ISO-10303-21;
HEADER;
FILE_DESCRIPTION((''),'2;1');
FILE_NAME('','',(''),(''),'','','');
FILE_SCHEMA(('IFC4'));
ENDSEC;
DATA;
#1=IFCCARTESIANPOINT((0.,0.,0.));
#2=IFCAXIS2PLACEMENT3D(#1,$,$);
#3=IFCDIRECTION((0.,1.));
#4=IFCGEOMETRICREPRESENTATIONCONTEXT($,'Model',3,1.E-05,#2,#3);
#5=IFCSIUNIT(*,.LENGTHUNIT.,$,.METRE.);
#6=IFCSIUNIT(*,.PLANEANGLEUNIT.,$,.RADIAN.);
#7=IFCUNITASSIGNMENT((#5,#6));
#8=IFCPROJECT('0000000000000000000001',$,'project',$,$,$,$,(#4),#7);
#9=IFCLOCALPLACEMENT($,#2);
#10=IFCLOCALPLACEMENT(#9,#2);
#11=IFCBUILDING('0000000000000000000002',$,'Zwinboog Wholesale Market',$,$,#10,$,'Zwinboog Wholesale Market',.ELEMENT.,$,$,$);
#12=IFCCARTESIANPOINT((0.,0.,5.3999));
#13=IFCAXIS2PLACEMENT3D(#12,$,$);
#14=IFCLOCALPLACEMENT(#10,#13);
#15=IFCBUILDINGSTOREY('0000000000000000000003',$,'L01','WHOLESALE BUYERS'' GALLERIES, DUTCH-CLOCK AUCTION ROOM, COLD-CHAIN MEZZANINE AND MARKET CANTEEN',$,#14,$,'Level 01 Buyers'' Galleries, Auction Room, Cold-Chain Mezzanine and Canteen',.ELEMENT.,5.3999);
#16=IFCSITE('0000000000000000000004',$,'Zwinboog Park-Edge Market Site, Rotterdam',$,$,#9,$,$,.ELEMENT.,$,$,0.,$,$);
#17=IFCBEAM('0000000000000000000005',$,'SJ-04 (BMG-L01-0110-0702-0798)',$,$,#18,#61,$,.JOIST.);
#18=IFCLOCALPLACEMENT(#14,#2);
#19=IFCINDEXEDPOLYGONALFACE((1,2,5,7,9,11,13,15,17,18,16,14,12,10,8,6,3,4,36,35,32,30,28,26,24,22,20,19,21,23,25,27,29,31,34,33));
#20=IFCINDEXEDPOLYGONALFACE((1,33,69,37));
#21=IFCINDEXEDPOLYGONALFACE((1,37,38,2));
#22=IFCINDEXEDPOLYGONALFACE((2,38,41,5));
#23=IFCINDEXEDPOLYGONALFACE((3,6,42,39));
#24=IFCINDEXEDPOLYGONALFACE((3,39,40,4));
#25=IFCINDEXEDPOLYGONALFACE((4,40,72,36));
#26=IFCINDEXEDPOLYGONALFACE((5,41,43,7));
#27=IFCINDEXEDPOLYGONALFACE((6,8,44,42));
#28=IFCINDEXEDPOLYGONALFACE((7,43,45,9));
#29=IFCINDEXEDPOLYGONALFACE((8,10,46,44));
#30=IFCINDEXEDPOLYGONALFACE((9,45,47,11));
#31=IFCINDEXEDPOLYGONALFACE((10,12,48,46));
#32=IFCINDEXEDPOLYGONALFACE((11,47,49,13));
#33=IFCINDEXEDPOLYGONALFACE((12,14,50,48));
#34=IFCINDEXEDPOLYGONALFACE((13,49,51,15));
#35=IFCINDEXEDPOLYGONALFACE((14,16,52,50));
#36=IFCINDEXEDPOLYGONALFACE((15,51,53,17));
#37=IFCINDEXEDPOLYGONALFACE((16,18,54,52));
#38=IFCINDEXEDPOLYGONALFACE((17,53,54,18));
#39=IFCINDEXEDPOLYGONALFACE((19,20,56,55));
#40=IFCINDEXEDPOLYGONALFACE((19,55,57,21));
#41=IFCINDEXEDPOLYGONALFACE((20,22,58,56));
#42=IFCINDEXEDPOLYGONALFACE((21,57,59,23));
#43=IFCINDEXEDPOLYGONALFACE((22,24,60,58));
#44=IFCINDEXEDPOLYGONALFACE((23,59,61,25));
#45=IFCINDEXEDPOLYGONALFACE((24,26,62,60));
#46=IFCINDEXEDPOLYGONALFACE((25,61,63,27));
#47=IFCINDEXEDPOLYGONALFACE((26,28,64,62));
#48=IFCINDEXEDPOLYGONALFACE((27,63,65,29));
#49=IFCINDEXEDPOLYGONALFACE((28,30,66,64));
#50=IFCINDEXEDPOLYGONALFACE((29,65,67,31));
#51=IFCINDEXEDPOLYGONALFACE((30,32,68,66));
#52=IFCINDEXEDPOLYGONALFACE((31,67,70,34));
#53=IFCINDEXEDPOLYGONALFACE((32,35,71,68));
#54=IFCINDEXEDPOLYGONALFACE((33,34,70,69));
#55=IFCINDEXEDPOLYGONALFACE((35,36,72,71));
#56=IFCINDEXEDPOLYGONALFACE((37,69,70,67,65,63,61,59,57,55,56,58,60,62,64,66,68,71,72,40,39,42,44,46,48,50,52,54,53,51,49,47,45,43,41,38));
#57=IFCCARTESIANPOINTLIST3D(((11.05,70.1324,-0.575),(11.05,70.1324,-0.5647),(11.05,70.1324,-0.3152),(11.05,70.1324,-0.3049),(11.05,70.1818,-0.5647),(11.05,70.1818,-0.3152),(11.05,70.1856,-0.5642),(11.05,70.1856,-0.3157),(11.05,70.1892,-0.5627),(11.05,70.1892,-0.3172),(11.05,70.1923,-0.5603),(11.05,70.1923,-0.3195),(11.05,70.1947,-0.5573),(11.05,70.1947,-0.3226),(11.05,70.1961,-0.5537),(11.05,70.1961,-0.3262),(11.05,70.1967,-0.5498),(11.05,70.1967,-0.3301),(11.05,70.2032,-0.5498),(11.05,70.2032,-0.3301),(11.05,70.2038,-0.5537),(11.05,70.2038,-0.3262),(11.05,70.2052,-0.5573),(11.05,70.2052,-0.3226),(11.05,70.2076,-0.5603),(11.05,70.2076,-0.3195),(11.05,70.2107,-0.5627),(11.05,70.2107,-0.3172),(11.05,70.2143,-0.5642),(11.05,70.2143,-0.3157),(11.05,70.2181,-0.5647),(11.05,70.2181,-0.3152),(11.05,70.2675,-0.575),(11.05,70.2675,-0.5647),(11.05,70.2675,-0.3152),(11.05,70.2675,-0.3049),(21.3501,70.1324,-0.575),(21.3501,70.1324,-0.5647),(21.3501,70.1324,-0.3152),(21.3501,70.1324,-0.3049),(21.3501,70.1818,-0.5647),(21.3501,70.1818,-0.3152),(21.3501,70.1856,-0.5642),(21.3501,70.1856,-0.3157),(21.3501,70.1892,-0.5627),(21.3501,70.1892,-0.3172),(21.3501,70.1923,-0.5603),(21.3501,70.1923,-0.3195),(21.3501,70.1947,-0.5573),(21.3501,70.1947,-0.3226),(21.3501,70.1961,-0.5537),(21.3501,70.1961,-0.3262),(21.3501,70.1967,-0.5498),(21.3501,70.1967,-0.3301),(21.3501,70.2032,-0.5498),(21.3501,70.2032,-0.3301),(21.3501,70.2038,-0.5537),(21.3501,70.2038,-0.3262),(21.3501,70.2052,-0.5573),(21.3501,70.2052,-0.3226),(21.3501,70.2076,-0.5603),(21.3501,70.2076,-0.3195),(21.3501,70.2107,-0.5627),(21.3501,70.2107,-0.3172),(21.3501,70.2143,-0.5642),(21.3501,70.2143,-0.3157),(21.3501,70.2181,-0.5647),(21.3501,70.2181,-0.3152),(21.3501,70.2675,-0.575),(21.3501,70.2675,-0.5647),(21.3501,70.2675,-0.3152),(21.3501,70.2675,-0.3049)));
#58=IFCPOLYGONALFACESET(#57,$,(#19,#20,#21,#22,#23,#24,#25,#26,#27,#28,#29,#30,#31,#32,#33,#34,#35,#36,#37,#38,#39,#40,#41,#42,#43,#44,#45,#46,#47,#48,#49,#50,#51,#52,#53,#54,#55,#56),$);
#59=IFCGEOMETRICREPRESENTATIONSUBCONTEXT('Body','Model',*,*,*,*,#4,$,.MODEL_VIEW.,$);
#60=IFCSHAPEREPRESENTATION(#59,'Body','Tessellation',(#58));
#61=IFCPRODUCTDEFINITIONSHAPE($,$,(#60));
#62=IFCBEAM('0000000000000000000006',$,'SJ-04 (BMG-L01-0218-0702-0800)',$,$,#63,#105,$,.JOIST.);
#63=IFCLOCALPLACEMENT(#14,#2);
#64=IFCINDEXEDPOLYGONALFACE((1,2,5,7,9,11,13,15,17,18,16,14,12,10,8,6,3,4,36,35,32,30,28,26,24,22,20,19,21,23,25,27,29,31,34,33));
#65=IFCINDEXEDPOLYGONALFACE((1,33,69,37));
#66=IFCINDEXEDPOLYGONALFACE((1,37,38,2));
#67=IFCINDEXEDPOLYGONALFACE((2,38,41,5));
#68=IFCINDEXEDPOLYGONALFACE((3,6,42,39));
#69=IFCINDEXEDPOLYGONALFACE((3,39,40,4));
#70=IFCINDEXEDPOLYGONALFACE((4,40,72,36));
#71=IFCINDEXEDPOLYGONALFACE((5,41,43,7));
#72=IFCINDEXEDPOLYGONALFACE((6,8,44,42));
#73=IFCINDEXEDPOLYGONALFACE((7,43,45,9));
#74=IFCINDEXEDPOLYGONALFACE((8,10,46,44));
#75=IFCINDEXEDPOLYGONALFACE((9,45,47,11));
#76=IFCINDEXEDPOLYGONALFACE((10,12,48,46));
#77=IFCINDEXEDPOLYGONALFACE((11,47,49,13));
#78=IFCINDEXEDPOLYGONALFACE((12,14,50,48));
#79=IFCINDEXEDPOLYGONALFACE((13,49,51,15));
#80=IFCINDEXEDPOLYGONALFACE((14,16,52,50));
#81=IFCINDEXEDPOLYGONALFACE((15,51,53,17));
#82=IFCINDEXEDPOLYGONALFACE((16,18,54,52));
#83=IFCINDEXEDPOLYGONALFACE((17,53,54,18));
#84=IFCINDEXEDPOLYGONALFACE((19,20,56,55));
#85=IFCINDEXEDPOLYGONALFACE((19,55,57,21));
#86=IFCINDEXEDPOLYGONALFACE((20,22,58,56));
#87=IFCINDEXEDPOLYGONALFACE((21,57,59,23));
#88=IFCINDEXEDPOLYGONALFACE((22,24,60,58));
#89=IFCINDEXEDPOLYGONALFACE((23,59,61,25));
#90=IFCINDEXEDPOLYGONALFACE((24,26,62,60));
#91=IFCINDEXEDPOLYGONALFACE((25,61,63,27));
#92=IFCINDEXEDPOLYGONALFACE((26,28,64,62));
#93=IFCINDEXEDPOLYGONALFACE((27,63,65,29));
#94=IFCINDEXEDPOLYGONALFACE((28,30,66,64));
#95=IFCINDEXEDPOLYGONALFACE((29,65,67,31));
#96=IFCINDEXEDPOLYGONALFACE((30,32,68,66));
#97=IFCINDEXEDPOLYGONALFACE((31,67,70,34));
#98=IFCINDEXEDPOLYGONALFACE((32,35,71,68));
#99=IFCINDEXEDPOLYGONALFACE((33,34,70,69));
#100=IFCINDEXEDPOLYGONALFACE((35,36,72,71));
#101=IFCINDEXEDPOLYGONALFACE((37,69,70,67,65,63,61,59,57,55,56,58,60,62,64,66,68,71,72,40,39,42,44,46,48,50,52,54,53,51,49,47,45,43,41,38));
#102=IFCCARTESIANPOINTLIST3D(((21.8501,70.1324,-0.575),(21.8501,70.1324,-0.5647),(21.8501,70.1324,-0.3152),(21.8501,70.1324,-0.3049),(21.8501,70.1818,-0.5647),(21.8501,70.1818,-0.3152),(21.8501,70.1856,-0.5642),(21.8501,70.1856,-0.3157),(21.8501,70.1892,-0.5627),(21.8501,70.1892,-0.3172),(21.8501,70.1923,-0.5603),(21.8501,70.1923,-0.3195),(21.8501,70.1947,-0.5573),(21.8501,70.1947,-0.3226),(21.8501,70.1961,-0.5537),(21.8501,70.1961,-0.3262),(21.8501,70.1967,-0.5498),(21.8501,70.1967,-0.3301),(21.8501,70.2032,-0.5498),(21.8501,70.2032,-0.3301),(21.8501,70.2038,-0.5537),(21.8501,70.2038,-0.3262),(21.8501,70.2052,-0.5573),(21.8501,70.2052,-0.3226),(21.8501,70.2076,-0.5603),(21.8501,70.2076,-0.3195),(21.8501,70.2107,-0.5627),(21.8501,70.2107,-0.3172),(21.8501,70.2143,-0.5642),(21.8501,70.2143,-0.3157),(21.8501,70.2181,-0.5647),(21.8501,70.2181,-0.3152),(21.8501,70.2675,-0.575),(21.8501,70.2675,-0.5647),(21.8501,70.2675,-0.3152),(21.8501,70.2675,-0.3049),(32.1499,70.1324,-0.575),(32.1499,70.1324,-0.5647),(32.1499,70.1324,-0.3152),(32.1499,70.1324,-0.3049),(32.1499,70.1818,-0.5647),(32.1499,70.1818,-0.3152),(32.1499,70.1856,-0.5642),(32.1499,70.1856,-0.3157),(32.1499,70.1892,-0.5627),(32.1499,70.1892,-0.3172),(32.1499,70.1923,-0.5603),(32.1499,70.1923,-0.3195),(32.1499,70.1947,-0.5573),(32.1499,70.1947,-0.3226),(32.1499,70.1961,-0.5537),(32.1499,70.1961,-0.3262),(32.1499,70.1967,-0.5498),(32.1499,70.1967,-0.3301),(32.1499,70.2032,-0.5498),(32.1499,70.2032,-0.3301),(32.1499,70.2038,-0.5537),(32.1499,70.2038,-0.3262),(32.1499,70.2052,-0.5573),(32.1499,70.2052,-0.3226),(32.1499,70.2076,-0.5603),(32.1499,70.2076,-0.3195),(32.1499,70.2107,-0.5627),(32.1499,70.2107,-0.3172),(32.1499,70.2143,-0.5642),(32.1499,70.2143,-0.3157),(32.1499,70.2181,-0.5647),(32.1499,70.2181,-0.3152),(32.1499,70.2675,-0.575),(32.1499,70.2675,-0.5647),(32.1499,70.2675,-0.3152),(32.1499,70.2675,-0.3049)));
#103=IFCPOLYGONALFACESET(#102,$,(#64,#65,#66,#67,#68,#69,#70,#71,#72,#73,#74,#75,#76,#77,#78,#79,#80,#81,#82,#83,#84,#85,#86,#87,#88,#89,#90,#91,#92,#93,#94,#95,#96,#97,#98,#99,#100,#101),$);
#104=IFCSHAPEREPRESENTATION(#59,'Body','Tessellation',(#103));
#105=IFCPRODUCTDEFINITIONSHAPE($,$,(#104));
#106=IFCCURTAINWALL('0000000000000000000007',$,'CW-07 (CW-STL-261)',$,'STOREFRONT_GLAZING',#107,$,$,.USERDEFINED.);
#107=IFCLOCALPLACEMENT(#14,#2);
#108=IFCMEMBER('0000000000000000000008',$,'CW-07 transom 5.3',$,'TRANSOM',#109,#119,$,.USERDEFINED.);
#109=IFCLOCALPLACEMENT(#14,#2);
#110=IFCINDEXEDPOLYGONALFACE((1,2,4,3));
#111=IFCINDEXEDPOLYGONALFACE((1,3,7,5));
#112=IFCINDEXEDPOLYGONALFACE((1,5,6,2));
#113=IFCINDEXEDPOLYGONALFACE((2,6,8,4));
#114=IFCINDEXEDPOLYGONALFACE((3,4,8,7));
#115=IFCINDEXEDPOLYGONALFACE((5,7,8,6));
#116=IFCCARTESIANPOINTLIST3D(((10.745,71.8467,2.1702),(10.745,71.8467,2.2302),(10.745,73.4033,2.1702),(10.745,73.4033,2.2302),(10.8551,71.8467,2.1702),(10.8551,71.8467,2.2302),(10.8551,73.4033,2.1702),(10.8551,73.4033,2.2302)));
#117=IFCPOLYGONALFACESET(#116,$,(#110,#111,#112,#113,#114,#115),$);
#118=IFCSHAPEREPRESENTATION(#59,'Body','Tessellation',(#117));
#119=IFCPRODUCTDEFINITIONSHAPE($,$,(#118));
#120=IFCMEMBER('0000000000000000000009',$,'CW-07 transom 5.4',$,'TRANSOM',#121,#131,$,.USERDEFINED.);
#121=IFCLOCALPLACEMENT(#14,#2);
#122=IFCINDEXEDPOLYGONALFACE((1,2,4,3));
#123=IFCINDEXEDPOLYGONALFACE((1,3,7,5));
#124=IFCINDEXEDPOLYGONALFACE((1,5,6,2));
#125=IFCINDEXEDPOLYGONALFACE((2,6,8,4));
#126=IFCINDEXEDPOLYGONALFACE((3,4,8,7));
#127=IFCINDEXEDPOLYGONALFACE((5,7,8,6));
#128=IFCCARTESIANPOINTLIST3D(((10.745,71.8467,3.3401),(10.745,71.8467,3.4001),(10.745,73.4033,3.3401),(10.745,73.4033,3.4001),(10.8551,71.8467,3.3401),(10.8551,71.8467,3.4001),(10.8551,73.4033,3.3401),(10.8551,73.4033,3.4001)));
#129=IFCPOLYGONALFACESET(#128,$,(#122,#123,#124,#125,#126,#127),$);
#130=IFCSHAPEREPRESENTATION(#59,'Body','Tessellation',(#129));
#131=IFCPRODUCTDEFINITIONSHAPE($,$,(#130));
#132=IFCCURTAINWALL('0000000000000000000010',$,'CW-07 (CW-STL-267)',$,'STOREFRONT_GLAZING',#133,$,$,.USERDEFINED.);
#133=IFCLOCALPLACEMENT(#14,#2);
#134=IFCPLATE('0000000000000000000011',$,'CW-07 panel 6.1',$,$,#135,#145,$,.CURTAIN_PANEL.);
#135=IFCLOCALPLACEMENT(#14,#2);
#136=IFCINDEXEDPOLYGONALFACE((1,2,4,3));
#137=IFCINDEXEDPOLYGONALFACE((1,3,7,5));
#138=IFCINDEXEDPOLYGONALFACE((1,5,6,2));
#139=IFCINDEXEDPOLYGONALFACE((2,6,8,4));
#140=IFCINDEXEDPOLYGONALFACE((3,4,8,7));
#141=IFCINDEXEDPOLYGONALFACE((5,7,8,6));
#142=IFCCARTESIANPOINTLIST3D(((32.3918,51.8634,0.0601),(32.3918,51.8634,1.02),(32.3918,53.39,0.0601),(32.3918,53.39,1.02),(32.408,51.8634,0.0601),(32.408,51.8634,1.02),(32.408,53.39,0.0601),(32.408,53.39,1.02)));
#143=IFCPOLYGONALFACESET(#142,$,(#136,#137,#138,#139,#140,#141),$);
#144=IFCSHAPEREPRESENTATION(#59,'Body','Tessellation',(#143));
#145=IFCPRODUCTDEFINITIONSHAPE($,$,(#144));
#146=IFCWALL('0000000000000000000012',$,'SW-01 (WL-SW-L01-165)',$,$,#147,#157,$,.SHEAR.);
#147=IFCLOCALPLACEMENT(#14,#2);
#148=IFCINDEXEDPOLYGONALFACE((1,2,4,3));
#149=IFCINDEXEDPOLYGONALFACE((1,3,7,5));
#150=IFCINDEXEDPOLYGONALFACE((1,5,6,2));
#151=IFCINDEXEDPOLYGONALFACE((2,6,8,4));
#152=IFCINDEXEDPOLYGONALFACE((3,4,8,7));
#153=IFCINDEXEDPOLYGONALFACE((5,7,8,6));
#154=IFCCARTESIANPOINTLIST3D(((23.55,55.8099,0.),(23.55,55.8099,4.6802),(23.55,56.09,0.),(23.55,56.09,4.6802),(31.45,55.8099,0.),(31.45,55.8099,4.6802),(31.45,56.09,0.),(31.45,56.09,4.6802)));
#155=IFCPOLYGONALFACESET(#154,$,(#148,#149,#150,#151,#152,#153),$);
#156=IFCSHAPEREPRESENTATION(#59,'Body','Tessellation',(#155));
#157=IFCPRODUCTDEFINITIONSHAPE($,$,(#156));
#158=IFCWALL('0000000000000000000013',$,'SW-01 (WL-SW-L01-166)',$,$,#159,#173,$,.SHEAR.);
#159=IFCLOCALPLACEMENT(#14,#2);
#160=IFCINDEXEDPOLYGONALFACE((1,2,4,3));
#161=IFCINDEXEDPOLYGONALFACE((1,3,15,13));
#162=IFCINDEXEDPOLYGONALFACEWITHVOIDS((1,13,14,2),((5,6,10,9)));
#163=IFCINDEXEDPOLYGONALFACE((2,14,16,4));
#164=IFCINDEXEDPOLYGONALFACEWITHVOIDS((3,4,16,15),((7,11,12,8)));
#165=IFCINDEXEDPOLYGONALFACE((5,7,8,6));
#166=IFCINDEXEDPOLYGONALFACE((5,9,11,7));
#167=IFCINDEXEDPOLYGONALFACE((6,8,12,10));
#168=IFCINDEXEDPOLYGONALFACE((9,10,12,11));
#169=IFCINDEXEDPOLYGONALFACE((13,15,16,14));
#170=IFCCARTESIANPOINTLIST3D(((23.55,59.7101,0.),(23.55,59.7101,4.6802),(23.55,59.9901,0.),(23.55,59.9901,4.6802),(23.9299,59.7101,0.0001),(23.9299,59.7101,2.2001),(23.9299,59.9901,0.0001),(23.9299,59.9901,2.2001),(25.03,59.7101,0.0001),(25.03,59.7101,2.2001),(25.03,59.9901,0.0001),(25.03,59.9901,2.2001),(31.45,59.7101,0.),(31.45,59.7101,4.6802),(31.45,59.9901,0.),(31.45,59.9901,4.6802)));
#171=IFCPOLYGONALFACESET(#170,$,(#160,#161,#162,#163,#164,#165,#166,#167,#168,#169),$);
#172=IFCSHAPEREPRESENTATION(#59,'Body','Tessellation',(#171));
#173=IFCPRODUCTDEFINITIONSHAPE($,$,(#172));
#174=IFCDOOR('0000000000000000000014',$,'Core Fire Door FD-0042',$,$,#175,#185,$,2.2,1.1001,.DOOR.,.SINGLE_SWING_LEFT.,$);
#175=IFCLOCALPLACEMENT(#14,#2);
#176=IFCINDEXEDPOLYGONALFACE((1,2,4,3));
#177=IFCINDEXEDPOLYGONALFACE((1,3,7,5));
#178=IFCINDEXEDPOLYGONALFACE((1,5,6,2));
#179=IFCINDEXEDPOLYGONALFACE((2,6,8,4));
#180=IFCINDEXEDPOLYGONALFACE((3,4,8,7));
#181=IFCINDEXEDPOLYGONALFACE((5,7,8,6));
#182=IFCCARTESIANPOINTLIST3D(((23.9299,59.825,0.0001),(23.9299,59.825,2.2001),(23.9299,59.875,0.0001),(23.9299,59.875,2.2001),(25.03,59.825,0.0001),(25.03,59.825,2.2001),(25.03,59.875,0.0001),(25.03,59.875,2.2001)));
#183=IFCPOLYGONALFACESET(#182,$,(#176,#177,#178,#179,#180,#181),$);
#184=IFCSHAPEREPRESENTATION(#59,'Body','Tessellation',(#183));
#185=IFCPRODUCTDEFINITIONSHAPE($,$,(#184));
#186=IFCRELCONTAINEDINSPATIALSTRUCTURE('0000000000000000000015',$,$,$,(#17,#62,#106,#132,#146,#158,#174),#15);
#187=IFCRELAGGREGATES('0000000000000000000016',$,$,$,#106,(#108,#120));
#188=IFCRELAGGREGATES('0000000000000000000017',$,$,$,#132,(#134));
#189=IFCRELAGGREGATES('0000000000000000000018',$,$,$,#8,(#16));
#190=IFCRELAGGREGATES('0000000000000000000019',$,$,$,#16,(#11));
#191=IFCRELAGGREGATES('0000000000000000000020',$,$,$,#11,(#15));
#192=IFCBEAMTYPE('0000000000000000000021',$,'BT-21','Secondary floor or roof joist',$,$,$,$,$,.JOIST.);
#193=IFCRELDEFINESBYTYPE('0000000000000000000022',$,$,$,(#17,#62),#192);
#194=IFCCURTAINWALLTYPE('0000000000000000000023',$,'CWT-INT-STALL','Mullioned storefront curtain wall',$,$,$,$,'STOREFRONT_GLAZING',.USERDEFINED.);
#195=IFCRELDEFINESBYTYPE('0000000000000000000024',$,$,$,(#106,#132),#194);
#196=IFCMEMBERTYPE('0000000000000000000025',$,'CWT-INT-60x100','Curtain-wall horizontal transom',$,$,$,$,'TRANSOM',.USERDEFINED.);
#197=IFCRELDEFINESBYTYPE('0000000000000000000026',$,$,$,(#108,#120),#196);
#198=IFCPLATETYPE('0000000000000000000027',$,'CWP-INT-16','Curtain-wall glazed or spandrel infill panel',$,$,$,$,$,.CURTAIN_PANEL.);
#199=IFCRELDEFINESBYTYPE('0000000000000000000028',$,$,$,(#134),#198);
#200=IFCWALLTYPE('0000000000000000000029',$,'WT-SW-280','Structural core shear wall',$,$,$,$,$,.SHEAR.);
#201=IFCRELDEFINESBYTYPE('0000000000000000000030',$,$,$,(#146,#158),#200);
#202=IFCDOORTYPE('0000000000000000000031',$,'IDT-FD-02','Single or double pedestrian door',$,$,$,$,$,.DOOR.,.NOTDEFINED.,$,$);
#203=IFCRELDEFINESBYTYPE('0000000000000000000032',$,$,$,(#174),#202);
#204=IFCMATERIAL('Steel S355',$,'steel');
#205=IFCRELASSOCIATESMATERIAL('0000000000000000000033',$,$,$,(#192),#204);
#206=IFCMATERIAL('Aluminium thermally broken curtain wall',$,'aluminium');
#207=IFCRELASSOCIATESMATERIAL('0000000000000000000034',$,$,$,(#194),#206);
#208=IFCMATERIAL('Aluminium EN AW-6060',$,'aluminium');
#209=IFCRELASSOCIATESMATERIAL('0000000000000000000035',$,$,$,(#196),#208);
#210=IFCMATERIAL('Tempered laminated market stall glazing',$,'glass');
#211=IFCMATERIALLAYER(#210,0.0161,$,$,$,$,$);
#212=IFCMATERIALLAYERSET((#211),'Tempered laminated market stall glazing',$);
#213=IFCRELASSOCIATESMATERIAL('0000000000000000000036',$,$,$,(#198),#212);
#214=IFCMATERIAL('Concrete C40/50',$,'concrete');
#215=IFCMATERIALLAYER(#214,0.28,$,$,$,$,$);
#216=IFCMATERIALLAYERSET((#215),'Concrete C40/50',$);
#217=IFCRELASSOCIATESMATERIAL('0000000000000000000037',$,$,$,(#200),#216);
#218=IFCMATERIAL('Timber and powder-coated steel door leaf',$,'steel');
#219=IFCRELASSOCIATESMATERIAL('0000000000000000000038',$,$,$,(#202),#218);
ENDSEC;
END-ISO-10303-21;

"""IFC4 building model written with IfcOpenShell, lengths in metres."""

from ifc_helpers import new_model, si_unit, direction, frame, frame_2d, origin, origin_2d, place, context, subcontext, project, spatial, rectangle, i_section, extrude, material, layer, layer_set, material_profile, profile_set, type_object, element, fill, aggregate, save


model = new_model("IFC4")

# Units and contexts
model_context = context("Model", 3, precision=1e-05, world=origin(), true_north=direction((0.0, 1.0)))
body_context = subcontext(model_context, "Body", "Model", "MODEL_VIEW")
ifc_project = project(units=[si_unit("LENGTHUNIT", "METRE"), si_unit("PLANEANGLEUNIT", "RADIAN")], contexts=[model_context])

# Site, building, storey
site_placement = place(None, origin())
site = spatial("IfcSite", under=ifc_project, at=site_placement, Name="Zwinboog Park-Edge Market Site, Rotterdam", CompositionType="ELEMENT", RefElevation=0.0)
building_placement = place(site_placement, origin())
building = spatial("IfcBuilding", under=site, at=building_placement, Name="Zwinboog Wholesale Market", LongName="Zwinboog Wholesale Market", CompositionType="ELEMENT")
storey_placement = place(building_placement, frame((0.0, 0.0, 5.3999)))
storey = spatial("IfcBuildingStorey", under=building, at=storey_placement, Name="L01", Description="WHOLESALE BUYERS' GALLERIES, DUTCH-CLOCK AUCTION ROOM, COLD-CHAIN MEZZANINE AND MARKET CANTEEN", LongName="Level 01 Buyers' Galleries, Auction Room, Cold-Chain Mezzanine and Canteen", CompositionType="ELEMENT", Elevation=5.3999)

# Beams
ifc_material_1 = material(Name="Steel S355", Category="steel")
ifc_material_profile_1 = material_profile(ifc_material_1, i_section(OverallWidth=0.135, OverallDepth=0.27, WebThickness=0.0066, FlangeThickness=0.0103, FilletRadius=0.0149, at=origin_2d()), Name="IPE 270")
ifc_profile_set_1 = profile_set([ifc_material_profile_1], Name="Steel S355")
beam_type_1 = type_object("IfcBeamType", Name="BT-21", Description="Secondary floor or roof joist", PredefinedType="JOIST", material=ifc_profile_set_1)
beam_1_placement = place(storey_placement, frame((11.05, 70.2, -0.4399), z_axis=(1.0, 0.0, 0.0), x_axis=(0.0, 1.0, 0.0)))
element("IfcBeam", 1, at=beam_1_placement, inside=storey, type_object=beam_type_1, Name="SJ-04 (BMG-L01-0110-0702-0798)", PredefinedType="JOIST", context=body_context, shape_type="SweptSolid", body=[
    extrude(i_section(OverallWidth=0.135, OverallDepth=0.27, WebThickness=0.0066, FlangeThickness=0.0103, FilletRadius=0.0149, at=origin_2d()), origin(), (0.0, 0.0, 1.0), 10.3),
])
beam_2_placement = place(storey_placement, frame((21.8501, 70.2, -0.4399), z_axis=(1.0, 0.0, 0.0), x_axis=(0.0, 1.0, 0.0)))
element("IfcBeam", 2, at=beam_2_placement, inside=storey, type_object=beam_type_1, Name="SJ-04 (BMG-L01-0218-0702-0800)", PredefinedType="JOIST", context=body_context, shape_type="SweptSolid", body=[
    extrude(i_section(OverallWidth=0.135, OverallDepth=0.27, WebThickness=0.0066, FlangeThickness=0.0103, FilletRadius=0.0149, at=origin_2d()), origin(), (0.0, 0.0, 1.0), 10.2998),
])

# Curtain wall, members
ifc_material_2 = material(Name="Aluminium thermally broken curtain wall", Category="aluminium")
curtain_wall_type = type_object("IfcCurtainWallType", Name="CWT-INT-STALL", Description="Mullioned storefront curtain wall", ElementType="STOREFRONT_GLAZING", PredefinedType="USERDEFINED", material=ifc_material_2)
curtain_wall_1_placement = place(storey_placement, origin())
curtain_wall_1 = element("IfcCurtainWall", 3, at=curtain_wall_1_placement, inside=storey, type_object=curtain_wall_type, Name="CW-07 (CW-STL-261)", ObjectType="STOREFRONT_GLAZING", PredefinedType="USERDEFINED")
ifc_material_3 = material(Name="Aluminium EN AW-6060", Category="aluminium")
ifc_material_profile_2 = material_profile(ifc_material_3, rectangle(XDim=0.1101, YDim=0.0601, at=origin_2d()), Name="AL 60x110")
ifc_profile_set_2 = profile_set([ifc_material_profile_2], Name="Aluminium EN AW-6060")
member_type = type_object("IfcMemberType", Name="CWT-INT-60x100", Description="Curtain-wall horizontal transom", ElementType="TRANSOM", PredefinedType="USERDEFINED", material=ifc_profile_set_2)
member_1_placement = place(storey_placement, frame((10.8, 71.8467, 2.2002), z_axis=(0.0, 1.0, 0.0), x_axis=(-1.0, 0.0, 0.0)))
member_1 = element("IfcMember", 4, at=member_1_placement, type_object=member_type, Name="CW-07 transom 5.3", ObjectType="TRANSOM", PredefinedType="USERDEFINED", context=body_context, shape_type="SweptSolid", body=[
    extrude(rectangle(XDim=0.1101, YDim=0.0601, at=origin_2d()), origin(), (0.0, 0.0, 1.0), 1.5566),
])
member_2_placement = place(storey_placement, frame((10.8, 71.8467, 3.3701), z_axis=(0.0, 1.0, 0.0), x_axis=(-1.0, 0.0, 0.0)))
member_2 = element("IfcMember", 5, at=member_2_placement, type_object=member_type, Name="CW-07 transom 5.4", ObjectType="TRANSOM", PredefinedType="USERDEFINED", context=body_context, shape_type="SweptSolid", body=[
    extrude(rectangle(XDim=0.1101, YDim=0.0601, at=origin_2d()), origin(), (0.0, 0.0, 1.0), 1.5566),
])
aggregate(curtain_wall_1, [member_1, member_2])

# Curtain wall, plate
curtain_wall_2_placement = place(storey_placement, origin())
curtain_wall_2 = element("IfcCurtainWall", 6, at=curtain_wall_2_placement, inside=storey, type_object=curtain_wall_type, Name="CW-07 (CW-STL-267)", ObjectType="STOREFRONT_GLAZING", PredefinedType="USERDEFINED")
ifc_material_4 = material(Name="Tempered laminated market stall glazing", Category="glass")
ifc_layer_1 = layer(ifc_material_4, 0.0161)
ifc_layer_set_1 = layer_set([ifc_layer_1], Name="Tempered laminated market stall glazing")
plate_type = type_object("IfcPlateType", Name="CWP-INT-16", Description="Curtain-wall glazed or spandrel infill panel", PredefinedType="CURTAIN_PANEL", material=ifc_layer_set_1)
plate_placement = place(storey_placement, frame((32.3999, 52.6267, 0.0601), z_axis=(0.0, 0.0, 1.0), x_axis=(0.0, 1.0, 0.0)))
plate = element("IfcPlate", 7, at=plate_placement, type_object=plate_type, Name="CW-07 panel 6.1", PredefinedType="CURTAIN_PANEL", context=body_context, shape_type="SweptSolid", body=[
    extrude(rectangle(XDim=1.5266, YDim=0.0161, at=origin_2d()), origin(), (0.0, 0.0, 1.0), 0.96),
])
aggregate(curtain_wall_2, [plate])

# Wall
ifc_material_5 = material(Name="Concrete C40/50", Category="concrete")
ifc_layer_2 = layer(ifc_material_5, 0.28)
ifc_layer_set_2 = layer_set([ifc_layer_2], Name="Concrete C40/50")
wall_type_1 = type_object("IfcWallType", Name="WT-SW-280", Description="Structural core shear wall", PredefinedType="SHEAR", material=ifc_layer_set_2)
wall_1_placement = place(storey_placement, frame((23.55, 55.95, 0.0), z_axis=(0.0, 0.0, 1.0), x_axis=(1.0, 0.0, 0.0)))
element("IfcWall", 8, at=wall_1_placement, inside=storey, type_object=wall_type_1, Name="SW-01 (WL-SW-L01-165)", PredefinedType="SHEAR", context=body_context, shape_type="SweptSolid", body=[
    extrude(rectangle(XDim=7.8999, YDim=0.28, at=frame_2d((3.95, 0.0))), origin(), (0.0, 0.0, 1.0), 4.6802),
])

# Wall, opening, door
wall_2_placement = place(storey_placement, frame((23.55, 59.8501, 0.0), z_axis=(0.0, 0.0, 1.0), x_axis=(1.0, 0.0, 0.0)))
wall_2 = element("IfcWall", 9, at=wall_2_placement, inside=storey, type_object=wall_type_1, Name="SW-01 (WL-SW-L01-166)", PredefinedType="SHEAR", context=body_context, shape_type="SweptSolid", body=[
    extrude(rectangle(XDim=7.8999, YDim=0.28, at=frame_2d((3.95, 0.0))), origin(), (0.0, 0.0, 1.0), 4.6802),
])
opening_1_placement = place(wall_2_placement, frame((0.3799, 0.0, 0.0)))
opening_1 = element("IfcOpeningElement", 10, at=opening_1_placement, cuts=wall_2, PredefinedType="OPENING", context=body_context, shape_type="SweptSolid", body=[
    extrude(rectangle(XDim=1.1001, YDim=2.2, at=frame_2d((0.55, 1.1001))), frame((0.0, 0.1499, 0.0), z_axis=(0.0, -1.0, 0.0), x_axis=(1.0, 0.0, 0.0)), (0.0, 0.0, 1.0), 0.3),
])
ifc_material_6 = material(Name="Timber and powder-coated steel door leaf", Category="steel")
door_type_1 = type_object("IfcDoorType", Name="IDT-FD-02", Description="Single or double pedestrian door", OperationType="NOTDEFINED", PredefinedType="DOOR", material=ifc_material_6)
door_1_placement = place(opening_1_placement, origin())
door_1 = element("IfcDoor", 11, at=door_1_placement, inside=storey, type_object=door_type_1, Name="Core Fire Door FD-0042", OperationType="SINGLE_SWING_LEFT", OverallHeight=2.2, OverallWidth=1.1001, PredefinedType="DOOR", context=body_context, shape_type="SweptSolid", body=[
    extrude(rectangle(XDim=1.1001, YDim=2.2, at=frame_2d((0.55, 1.1001))), frame((0.0, 0.0249, 0.0), z_axis=(0.0, -1.0, 0.0), x_axis=(1.0, 0.0, 0.0)), (0.0, 0.0, 1.0), 0.05),
])
fill(opening_1, door_1)

save(model, "model.ifc")
